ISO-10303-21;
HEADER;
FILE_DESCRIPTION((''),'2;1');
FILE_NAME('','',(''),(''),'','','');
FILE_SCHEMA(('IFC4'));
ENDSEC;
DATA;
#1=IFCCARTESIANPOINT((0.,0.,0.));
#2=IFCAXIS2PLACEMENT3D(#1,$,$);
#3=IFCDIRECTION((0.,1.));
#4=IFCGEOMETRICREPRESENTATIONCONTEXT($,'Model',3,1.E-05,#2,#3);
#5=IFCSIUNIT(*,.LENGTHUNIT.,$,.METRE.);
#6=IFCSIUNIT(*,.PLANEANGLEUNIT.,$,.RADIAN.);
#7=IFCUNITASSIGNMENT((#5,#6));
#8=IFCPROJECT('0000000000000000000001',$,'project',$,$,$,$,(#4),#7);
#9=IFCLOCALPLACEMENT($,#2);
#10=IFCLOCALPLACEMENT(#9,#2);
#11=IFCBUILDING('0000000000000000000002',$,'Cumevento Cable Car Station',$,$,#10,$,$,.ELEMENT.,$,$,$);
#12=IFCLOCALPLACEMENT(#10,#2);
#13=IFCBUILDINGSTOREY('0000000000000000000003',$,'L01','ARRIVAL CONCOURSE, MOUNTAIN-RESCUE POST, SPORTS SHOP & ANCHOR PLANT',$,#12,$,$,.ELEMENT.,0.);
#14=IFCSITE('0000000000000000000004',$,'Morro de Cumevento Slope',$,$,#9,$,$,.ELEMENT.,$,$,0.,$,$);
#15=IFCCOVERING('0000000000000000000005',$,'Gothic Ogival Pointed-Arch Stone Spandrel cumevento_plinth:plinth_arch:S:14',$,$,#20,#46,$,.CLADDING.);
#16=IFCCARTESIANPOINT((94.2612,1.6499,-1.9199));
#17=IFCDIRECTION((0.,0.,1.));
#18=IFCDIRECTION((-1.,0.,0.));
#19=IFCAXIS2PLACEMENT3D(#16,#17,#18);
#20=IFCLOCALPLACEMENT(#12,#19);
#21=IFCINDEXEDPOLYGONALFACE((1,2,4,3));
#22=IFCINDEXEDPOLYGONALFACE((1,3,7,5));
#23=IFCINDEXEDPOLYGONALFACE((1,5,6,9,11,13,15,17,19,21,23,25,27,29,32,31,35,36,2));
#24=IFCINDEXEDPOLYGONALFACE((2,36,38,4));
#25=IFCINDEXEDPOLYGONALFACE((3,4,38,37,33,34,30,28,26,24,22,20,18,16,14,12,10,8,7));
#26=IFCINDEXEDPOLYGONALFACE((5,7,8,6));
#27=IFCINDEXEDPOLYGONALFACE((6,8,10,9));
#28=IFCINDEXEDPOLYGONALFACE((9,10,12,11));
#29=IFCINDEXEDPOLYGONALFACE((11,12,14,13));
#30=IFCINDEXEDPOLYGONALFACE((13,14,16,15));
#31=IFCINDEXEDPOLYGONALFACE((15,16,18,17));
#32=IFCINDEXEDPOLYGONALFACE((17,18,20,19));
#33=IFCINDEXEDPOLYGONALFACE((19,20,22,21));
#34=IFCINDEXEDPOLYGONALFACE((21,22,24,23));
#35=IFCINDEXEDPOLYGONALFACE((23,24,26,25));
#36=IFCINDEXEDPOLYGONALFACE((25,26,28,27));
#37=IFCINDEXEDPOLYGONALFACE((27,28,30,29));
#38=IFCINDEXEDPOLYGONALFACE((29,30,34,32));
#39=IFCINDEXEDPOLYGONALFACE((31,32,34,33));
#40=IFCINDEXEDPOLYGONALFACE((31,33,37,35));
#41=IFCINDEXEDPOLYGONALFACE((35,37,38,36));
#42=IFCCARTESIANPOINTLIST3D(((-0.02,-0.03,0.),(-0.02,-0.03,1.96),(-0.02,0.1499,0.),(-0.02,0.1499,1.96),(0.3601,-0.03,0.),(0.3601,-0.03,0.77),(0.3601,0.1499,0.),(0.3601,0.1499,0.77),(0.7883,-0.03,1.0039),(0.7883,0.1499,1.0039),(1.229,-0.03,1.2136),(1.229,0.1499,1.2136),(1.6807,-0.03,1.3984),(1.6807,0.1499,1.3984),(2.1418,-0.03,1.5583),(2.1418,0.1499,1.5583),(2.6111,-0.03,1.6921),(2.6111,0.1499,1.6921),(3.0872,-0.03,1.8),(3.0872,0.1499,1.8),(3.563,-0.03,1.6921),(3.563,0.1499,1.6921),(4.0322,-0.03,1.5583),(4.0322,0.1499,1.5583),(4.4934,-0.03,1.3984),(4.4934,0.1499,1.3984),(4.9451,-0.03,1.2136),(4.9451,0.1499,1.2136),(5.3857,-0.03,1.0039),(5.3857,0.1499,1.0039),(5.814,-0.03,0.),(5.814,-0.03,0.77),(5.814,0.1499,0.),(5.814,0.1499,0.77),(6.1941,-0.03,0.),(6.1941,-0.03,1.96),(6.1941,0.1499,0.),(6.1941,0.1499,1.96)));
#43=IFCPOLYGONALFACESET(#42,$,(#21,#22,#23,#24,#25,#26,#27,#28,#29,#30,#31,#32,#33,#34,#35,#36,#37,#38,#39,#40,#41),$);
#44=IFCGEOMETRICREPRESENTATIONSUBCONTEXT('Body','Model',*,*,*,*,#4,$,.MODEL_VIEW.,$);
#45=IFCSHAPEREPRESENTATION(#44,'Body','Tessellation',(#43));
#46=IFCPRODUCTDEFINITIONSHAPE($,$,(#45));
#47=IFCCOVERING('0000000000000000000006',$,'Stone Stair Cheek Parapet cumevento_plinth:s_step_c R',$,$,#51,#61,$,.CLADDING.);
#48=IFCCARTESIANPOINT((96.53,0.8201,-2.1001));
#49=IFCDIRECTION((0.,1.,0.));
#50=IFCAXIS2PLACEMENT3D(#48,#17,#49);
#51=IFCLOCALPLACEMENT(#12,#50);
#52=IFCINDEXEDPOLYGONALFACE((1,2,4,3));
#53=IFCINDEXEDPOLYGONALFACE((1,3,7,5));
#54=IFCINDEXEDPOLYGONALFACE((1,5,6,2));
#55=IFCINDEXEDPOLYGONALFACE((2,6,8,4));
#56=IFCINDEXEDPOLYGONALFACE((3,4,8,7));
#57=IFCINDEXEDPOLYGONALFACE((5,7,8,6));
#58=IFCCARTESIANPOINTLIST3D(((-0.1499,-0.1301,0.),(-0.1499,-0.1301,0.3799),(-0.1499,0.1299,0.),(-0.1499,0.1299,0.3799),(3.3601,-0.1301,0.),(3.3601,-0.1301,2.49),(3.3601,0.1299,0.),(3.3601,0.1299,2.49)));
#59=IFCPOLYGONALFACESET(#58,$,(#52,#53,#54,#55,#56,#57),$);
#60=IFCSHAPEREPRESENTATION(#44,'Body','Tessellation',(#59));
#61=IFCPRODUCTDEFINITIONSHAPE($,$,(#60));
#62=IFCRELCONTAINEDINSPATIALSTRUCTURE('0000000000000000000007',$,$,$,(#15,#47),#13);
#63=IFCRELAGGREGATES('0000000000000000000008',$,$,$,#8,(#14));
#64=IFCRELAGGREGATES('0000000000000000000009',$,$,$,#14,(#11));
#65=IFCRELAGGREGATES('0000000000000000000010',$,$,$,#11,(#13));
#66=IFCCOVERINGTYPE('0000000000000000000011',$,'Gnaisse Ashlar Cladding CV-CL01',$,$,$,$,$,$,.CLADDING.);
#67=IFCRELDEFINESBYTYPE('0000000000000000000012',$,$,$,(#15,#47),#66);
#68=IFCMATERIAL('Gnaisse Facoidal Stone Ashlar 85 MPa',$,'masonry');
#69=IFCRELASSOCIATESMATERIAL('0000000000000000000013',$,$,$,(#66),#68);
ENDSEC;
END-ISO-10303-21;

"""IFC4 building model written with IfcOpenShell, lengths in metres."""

from ifc_helpers import new_model, si_unit, direction, frame, origin, place, context, subcontext, project, spatial, polyline, outline, extrude, material, type_object, element, save


model = new_model("IFC4")

# Units and contexts
model_context = context("Model", 3, precision=1e-05, world=origin(), true_north=direction((0.0, 1.0)))
body_context = subcontext(model_context, "Body", "Model", "MODEL_VIEW")
ifc_project = project(units=[si_unit("LENGTHUNIT", "METRE"), si_unit("PLANEANGLEUNIT", "RADIAN")], contexts=[model_context])

# Site, building, storey
site_placement = place(None, origin())
site = spatial("IfcSite", under=ifc_project, at=site_placement, Name="Morro de Cumevento Slope", CompositionType="ELEMENT", RefElevation=0.0)
building_placement = place(site_placement, origin())
building = spatial("IfcBuilding", under=site, at=building_placement, Name="Cumevento Cable Car Station", CompositionType="ELEMENT")
storey_placement = place(building_placement, origin())
storey = spatial("IfcBuildingStorey", under=building, at=storey_placement, Name="L01", Description="ARRIVAL CONCOURSE, MOUNTAIN-RESCUE POST, SPORTS SHOP & ANCHOR PLANT", CompositionType="ELEMENT", Elevation=0.0)

# Coverings
ifc_material_1 = material(Name="Gnaisse Facoidal Stone Ashlar 85 MPa", Category="masonry")
covering_type = type_object("IfcCoveringType", Name="Gnaisse Ashlar Cladding CV-CL01", PredefinedType="CLADDING", material=ifc_material_1)
covering_1_placement = place(storey_placement, frame((94.2612, 1.6499, -1.9199), z_axis=(0.0, 0.0, 1.0), x_axis=(-1.0, 0.0, 0.0)))
element("IfcCovering", 1, at=covering_1_placement, inside=storey, type_object=covering_type, Name="Gothic Ogival Pointed-Arch Stone Spandrel cumevento_plinth:plinth_arch:S:14", PredefinedType="CLADDING", context=body_context, shape_type="SweptSolid", body=[
    extrude(outline(polyline([(-0.02, 0.0), (-0.02, 1.96), (6.1941, 1.96), (6.1941, 0.0), (5.814, 0.0), (5.814, 0.77), (5.3857, 1.0039), (4.9451, 1.2136), (4.4934, 1.3984), (4.0322, 1.5583), (3.563, 1.6921), (3.0872, 1.8), (2.6111, 1.6921), (2.1418, 1.5583), (1.6807, 1.3984), (1.229, 1.2136), (0.7883, 1.0039), (0.3601, 0.77), (0.3601, 0.0), (-0.02, 0.0)])), frame((0.0, 0.1499, 0.0), z_axis=(0.0, -1.0, 0.0), x_axis=(1.0, 0.0, 0.0)), (0.0, 0.0, 1.0), 0.1799),
])
covering_2_placement = place(storey_placement, frame((96.53, 0.8201, -2.1001), z_axis=(0.0, 0.0, 1.0), x_axis=(0.0, 1.0, 0.0)))
element("IfcCovering", 2, at=covering_2_placement, inside=storey, type_object=covering_type, Name="Stone Stair Cheek Parapet cumevento_plinth:s_step_c R", PredefinedType="CLADDING", context=body_context, shape_type="SweptSolid", body=[
    extrude(outline(polyline([(-0.1499, 0.0), (3.3601, 0.0), (3.3601, 2.49), (-0.1499, 0.3799), (-0.1499, 0.0)])), frame((0.0, 0.1299, 0.0), z_axis=(0.0, -1.0, 0.0), x_axis=(1.0, 0.0, 0.0)), (0.0, 0.0, 1.0), 0.26),
])

save(model, "model.ifc")
